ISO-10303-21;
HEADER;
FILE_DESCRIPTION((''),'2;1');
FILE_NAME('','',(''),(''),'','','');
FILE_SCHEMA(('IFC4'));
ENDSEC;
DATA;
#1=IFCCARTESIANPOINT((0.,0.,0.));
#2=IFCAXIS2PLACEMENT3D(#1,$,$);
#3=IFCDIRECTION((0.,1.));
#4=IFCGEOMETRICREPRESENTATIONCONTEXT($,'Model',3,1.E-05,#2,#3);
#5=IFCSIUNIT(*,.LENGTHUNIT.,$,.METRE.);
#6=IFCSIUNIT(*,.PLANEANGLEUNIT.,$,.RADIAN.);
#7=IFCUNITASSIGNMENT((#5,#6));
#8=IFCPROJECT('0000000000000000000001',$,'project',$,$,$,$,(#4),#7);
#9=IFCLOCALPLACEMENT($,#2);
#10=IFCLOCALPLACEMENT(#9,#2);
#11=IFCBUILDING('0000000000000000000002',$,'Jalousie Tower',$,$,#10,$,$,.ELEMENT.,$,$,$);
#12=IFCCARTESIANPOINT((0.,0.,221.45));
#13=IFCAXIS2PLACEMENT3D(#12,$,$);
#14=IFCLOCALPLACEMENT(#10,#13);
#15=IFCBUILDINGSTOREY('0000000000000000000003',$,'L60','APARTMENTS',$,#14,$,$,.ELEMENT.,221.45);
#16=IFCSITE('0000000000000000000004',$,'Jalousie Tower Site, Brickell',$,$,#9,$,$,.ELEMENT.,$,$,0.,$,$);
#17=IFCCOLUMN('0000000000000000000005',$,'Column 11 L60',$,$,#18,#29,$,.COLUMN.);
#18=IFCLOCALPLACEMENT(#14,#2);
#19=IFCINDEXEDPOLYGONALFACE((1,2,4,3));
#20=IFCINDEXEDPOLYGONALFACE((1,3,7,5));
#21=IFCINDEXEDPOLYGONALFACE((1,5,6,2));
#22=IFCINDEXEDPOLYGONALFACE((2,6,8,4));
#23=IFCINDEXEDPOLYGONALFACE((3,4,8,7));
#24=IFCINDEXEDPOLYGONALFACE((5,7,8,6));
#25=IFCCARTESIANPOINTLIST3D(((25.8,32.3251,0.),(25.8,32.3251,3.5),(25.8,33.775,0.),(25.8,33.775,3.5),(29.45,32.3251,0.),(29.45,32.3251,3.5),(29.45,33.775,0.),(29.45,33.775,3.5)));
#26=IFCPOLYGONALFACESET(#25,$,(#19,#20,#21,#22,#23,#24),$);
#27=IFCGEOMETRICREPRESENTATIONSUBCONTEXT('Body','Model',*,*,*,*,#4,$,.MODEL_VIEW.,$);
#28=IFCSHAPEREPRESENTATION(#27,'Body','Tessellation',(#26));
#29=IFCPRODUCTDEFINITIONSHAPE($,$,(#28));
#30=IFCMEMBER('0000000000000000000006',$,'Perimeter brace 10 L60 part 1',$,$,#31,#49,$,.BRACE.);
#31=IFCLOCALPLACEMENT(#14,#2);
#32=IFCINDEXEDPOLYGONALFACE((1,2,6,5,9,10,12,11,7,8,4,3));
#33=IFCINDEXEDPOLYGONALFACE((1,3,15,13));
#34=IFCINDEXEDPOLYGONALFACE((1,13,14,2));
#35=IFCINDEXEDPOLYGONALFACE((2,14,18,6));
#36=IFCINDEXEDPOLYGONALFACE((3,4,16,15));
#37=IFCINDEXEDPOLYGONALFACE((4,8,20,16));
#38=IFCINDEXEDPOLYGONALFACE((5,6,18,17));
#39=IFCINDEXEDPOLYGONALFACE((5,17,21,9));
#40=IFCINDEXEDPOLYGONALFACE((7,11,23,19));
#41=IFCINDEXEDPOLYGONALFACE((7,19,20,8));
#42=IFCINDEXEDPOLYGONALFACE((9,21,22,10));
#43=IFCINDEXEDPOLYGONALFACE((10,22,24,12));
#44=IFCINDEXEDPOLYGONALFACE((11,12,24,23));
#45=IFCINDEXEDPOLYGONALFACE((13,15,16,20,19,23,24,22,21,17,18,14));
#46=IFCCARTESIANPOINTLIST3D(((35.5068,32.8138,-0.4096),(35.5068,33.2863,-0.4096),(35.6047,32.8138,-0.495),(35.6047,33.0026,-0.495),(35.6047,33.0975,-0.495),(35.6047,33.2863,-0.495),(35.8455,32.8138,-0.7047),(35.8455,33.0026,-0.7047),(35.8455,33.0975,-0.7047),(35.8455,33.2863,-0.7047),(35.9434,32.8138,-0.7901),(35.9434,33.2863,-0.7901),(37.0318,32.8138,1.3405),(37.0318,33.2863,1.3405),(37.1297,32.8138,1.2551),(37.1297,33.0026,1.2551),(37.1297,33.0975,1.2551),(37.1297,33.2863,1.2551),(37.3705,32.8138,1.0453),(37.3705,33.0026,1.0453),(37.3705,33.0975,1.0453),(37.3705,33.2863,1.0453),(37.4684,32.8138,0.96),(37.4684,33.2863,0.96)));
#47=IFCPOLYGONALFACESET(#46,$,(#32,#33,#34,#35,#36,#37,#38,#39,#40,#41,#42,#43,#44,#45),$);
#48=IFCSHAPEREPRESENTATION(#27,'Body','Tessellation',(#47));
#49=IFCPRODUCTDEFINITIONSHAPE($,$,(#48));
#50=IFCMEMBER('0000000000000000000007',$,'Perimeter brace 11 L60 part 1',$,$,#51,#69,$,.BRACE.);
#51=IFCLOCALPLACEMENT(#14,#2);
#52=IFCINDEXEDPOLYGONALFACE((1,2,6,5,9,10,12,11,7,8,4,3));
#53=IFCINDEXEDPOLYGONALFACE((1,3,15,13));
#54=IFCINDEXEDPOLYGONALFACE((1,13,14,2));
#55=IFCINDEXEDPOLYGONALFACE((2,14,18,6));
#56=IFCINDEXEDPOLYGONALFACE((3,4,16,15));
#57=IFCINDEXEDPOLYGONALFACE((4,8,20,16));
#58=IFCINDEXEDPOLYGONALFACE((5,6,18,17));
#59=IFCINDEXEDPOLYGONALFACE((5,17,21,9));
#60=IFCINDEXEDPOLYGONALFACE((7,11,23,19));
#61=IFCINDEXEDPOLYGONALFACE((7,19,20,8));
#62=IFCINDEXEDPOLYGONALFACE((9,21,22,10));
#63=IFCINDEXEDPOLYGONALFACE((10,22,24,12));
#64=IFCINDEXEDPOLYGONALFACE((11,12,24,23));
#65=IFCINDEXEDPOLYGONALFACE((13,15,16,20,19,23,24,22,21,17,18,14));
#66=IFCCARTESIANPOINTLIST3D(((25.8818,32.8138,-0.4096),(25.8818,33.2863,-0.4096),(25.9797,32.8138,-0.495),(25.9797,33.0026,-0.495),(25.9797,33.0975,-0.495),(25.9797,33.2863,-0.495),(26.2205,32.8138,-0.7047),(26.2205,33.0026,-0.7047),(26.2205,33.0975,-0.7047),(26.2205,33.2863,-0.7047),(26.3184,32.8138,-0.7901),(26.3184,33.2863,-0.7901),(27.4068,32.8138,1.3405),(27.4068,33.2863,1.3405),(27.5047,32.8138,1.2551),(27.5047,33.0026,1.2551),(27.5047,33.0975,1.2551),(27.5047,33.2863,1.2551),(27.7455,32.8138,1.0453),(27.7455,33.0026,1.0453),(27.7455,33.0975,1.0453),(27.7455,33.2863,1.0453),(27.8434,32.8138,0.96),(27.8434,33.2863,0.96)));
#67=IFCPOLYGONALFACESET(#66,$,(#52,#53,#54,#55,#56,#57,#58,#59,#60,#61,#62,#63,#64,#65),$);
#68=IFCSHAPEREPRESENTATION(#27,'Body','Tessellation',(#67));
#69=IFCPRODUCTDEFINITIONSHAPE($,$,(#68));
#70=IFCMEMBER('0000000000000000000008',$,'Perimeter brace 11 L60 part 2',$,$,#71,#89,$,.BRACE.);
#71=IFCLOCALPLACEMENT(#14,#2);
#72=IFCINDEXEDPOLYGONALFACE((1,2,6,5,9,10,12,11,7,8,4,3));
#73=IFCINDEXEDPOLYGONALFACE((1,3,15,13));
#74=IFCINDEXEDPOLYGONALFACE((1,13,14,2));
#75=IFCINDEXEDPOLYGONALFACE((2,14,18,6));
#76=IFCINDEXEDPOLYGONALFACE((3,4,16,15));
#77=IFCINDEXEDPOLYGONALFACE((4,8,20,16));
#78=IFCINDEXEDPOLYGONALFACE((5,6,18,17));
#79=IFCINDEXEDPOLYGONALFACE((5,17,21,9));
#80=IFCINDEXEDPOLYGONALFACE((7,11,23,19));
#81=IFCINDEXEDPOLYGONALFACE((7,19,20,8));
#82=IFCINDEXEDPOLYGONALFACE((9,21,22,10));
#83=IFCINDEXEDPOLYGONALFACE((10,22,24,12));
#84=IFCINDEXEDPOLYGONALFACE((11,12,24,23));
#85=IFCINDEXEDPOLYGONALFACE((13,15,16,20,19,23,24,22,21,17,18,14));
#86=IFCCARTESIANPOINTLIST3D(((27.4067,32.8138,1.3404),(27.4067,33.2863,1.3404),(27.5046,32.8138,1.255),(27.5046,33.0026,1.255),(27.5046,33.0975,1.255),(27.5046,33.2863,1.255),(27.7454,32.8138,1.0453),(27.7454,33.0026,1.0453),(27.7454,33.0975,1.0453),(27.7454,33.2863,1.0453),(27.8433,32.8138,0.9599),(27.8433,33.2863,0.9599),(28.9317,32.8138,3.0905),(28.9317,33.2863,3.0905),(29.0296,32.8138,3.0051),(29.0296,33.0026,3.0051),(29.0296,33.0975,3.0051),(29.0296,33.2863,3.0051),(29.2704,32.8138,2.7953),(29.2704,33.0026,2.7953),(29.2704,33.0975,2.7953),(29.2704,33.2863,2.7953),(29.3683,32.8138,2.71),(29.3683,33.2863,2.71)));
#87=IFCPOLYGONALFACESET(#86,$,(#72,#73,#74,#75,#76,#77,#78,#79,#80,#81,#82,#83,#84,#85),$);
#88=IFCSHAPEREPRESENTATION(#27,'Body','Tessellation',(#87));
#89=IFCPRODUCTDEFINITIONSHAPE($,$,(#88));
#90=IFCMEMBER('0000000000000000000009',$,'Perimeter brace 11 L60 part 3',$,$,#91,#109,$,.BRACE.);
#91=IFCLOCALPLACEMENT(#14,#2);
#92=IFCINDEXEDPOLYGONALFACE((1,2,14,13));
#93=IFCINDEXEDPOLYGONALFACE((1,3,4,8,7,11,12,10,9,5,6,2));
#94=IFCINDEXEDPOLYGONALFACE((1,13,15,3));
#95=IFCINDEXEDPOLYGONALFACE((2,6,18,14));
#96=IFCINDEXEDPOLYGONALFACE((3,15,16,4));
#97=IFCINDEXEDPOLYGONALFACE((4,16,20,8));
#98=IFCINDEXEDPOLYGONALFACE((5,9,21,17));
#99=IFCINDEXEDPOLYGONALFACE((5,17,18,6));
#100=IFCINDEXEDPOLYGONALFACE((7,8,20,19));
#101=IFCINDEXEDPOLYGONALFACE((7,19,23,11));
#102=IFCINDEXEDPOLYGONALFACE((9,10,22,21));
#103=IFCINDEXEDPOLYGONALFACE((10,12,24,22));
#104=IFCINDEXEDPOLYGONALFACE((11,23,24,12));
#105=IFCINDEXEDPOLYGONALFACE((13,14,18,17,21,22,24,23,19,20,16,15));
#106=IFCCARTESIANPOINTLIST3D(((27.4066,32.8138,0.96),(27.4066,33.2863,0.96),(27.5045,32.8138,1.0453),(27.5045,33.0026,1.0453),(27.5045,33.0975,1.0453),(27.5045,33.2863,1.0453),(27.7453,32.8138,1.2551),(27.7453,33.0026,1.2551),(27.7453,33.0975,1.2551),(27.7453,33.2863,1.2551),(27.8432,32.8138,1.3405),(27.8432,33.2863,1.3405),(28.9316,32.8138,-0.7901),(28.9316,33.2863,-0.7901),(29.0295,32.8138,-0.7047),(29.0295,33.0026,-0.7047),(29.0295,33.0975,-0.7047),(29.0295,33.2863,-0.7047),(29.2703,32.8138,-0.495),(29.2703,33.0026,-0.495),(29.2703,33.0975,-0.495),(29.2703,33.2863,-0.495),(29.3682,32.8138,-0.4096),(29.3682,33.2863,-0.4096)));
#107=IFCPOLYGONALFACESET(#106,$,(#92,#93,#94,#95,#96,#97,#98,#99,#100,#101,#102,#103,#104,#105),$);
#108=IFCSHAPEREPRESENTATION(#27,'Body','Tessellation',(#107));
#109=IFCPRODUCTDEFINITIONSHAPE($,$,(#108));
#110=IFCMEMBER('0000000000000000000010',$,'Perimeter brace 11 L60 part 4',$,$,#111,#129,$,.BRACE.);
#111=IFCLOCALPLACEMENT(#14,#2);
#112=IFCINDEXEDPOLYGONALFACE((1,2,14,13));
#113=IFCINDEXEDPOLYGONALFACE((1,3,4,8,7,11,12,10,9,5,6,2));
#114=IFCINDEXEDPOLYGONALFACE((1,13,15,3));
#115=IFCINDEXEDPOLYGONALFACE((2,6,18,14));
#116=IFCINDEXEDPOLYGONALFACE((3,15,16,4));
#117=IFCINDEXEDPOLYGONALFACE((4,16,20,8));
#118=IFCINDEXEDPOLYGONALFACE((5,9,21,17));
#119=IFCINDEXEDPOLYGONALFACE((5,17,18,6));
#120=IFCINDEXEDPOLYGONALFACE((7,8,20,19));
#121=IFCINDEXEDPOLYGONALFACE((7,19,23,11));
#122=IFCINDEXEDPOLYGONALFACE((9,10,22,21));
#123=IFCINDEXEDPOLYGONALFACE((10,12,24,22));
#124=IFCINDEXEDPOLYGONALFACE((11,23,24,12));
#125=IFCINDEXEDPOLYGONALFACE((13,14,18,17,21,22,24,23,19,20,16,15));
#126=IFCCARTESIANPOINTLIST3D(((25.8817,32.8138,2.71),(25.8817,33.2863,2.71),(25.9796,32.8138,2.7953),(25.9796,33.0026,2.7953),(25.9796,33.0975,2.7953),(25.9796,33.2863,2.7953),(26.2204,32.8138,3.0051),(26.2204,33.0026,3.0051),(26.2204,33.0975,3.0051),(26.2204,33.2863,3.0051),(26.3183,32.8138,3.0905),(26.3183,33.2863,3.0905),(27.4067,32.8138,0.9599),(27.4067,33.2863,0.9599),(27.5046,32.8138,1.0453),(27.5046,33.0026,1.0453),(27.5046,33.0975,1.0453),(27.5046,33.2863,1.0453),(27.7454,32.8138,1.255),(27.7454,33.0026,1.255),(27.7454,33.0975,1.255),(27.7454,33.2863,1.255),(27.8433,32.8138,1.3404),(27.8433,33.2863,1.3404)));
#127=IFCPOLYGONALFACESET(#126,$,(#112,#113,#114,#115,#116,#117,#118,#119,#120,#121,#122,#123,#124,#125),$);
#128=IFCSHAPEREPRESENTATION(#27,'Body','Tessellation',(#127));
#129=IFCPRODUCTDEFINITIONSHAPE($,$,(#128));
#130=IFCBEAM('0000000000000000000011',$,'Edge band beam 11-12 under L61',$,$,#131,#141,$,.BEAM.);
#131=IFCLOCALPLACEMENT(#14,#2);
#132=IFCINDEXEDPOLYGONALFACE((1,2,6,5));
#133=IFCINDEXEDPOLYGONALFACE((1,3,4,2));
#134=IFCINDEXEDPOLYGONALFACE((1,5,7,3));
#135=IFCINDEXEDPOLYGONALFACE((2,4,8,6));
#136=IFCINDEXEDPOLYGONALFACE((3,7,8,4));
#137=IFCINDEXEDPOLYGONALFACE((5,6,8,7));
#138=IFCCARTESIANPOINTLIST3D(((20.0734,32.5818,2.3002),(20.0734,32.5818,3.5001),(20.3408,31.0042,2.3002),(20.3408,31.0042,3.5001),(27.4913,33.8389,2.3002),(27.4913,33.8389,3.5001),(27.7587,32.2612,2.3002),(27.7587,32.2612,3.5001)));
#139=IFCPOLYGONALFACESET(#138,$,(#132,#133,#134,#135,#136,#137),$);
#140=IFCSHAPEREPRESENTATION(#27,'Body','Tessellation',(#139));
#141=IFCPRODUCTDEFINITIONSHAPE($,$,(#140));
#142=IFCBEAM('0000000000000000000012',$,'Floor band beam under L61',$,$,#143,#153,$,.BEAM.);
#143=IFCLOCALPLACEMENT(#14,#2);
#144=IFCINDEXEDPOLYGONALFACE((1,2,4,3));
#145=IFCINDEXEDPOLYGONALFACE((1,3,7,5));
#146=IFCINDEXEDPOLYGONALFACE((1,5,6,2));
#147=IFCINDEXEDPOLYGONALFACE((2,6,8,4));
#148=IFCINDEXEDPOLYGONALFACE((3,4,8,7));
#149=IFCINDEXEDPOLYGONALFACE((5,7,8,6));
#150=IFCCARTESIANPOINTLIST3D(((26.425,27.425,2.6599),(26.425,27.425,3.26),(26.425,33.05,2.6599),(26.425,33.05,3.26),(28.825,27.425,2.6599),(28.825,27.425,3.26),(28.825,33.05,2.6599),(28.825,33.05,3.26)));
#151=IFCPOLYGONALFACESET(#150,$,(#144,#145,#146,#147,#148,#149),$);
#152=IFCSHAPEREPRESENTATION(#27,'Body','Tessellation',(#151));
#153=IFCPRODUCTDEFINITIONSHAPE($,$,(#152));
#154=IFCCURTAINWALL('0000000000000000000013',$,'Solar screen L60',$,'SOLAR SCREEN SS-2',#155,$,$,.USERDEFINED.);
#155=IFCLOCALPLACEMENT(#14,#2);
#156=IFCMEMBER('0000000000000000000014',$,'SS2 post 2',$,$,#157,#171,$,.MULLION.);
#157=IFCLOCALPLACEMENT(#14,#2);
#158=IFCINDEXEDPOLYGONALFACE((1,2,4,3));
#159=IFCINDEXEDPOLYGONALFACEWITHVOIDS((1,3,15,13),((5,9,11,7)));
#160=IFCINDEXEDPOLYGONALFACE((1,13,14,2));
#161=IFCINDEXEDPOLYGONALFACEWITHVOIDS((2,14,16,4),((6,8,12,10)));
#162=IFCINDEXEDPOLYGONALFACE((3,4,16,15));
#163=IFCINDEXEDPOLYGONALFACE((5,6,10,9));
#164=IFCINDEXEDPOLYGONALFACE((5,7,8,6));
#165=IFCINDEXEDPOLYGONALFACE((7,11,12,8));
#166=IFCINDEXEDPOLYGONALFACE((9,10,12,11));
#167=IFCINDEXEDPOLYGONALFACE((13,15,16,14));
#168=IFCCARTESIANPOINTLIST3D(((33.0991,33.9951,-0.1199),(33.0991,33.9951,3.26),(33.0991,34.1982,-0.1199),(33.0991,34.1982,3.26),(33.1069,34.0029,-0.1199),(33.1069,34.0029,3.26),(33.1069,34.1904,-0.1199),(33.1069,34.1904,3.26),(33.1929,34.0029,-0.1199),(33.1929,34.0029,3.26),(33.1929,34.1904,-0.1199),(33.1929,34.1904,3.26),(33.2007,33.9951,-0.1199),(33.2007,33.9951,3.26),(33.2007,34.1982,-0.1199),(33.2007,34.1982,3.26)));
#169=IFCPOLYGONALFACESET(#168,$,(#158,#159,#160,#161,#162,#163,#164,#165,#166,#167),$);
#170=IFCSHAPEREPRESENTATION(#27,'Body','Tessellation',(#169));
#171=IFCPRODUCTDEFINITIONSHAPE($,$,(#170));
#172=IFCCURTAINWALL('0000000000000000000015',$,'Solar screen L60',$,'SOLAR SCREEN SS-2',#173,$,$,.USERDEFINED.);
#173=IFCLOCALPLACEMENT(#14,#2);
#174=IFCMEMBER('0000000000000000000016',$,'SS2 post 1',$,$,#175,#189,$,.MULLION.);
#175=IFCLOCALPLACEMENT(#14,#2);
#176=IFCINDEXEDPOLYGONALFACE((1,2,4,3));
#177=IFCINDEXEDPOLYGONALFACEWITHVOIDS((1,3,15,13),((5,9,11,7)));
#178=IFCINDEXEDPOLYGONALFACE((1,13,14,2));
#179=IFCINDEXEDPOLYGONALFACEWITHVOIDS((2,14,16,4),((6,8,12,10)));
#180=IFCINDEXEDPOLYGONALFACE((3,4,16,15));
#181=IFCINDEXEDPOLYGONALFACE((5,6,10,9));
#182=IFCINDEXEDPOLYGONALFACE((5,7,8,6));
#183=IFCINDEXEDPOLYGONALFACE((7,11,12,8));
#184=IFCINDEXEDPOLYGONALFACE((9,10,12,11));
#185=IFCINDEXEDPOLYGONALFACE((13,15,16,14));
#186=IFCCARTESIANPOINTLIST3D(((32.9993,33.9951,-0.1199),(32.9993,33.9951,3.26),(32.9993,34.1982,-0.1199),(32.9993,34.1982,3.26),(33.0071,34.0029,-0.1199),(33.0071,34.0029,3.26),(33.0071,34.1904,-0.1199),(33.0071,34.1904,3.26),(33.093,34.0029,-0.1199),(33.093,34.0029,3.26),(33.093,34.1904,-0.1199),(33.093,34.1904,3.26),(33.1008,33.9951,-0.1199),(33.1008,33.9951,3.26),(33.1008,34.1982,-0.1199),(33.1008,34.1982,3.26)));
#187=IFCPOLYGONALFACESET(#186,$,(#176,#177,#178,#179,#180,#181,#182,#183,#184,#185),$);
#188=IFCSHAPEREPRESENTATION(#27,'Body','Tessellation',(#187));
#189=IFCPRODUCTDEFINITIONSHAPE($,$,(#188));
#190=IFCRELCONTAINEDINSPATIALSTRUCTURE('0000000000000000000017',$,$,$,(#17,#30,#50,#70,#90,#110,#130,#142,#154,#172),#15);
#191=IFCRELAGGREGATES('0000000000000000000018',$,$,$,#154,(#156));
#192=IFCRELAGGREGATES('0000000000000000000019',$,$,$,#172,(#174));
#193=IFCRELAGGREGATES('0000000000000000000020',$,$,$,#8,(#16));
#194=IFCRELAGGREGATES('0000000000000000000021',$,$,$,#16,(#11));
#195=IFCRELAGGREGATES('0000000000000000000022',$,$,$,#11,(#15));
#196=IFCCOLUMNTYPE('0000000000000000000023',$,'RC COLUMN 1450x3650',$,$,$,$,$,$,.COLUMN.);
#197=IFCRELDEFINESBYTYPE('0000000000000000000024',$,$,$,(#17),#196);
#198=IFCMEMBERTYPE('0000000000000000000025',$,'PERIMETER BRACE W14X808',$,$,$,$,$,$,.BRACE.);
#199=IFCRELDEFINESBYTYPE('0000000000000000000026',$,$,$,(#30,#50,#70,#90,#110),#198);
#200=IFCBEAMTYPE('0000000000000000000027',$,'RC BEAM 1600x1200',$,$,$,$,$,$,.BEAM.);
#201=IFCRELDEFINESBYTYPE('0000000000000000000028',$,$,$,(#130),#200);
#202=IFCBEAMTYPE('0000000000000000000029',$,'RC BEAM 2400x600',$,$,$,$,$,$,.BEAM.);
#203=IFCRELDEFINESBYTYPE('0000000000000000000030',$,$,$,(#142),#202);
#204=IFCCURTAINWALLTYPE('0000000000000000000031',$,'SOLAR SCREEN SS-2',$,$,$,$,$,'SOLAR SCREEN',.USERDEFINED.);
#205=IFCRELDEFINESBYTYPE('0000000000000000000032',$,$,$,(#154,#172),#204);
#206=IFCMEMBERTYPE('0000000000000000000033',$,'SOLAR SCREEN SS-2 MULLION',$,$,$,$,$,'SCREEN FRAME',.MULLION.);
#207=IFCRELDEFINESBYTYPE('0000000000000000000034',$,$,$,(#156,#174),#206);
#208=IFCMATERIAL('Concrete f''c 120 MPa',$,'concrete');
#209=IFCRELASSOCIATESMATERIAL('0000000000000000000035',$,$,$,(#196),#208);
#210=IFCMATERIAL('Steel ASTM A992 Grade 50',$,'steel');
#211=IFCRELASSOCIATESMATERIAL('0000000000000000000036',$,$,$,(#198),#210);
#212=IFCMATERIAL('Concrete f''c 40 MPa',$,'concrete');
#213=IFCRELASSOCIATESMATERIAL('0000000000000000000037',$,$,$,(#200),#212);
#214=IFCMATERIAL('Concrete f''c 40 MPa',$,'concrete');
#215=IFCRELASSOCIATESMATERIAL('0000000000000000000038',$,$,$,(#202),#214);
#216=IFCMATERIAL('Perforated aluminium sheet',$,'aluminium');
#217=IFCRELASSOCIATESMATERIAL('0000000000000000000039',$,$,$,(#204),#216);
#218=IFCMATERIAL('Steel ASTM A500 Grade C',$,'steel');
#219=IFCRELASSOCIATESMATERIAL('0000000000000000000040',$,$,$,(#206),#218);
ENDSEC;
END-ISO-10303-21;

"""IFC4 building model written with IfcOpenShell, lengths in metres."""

from ifc_helpers import new_model, si_unit, direction, frame, origin, origin_2d, place, context, subcontext, project, spatial, rectangle, hollow_rectangle, i_section, extrude, material, material_profile, profile_set, type_object, element, aggregate, save


model = new_model("IFC4")

# Units and contexts
model_context = context("Model", 3, precision=1e-05, world=origin(), true_north=direction((0.0, 1.0)))
body_context = subcontext(model_context, "Body", "Model", "MODEL_VIEW")
ifc_project = project(units=[si_unit("LENGTHUNIT", "METRE"), si_unit("PLANEANGLEUNIT", "RADIAN")], contexts=[model_context])

# Site, building, storey
site_placement = place(None, origin())
site = spatial("IfcSite", under=ifc_project, at=site_placement, Name="Jalousie Tower Site, Brickell", CompositionType="ELEMENT", RefElevation=0.0)
building_placement = place(site_placement, origin())
building = spatial("IfcBuilding", under=site, at=building_placement, Name="Jalousie Tower", CompositionType="ELEMENT")
storey_placement = place(building_placement, frame((0.0, 0.0, 221.45)))
storey = spatial("IfcBuildingStorey", under=building, at=storey_placement, Name="L60", Description="APARTMENTS", CompositionType="ELEMENT", Elevation=221.45)

# Column
ifc_material_1 = material(Name="Concrete f'c 120 MPa", Category="concrete")
ifc_material_profile_1 = material_profile(ifc_material_1, rectangle(XDim=1.45, YDim=3.6499, at=origin_2d()), Name="RC 1450x3650")
ifc_profile_set_1 = profile_set([ifc_material_profile_1], Name="Concrete f'c 120 MPa")
column_type = type_object("IfcColumnType", Name="RC COLUMN 1450x3650", PredefinedType="COLUMN", material=ifc_profile_set_1)
column_placement = place(storey_placement, frame((27.625, 33.05, 0.0), z_axis=(0.0, 0.0, 1.0), x_axis=(0.0, 1.0, 0.0)))
element("IfcColumn", 1, at=column_placement, inside=storey, type_object=column_type, Name="Column 11 L60", PredefinedType="COLUMN", context=body_context, shape_type="SweptSolid", body=[
    extrude(rectangle(XDim=1.45, YDim=3.6499, at=origin_2d()), origin(), (0.0, 0.0, 1.0), 3.5),
])

# Members
ifc_material_2 = material(Name="Steel ASTM A992 Grade 50", Category="steel")
ifc_material_profile_2 = material_profile(ifc_material_2, i_section(OverallWidth=0.4724, OverallDepth=0.5791, WebThickness=0.095, FlangeThickness=0.1299, at=origin_2d()), Name="W14X808")
ifc_profile_set_2 = profile_set([ifc_material_profile_2], Name="Steel ASTM A992 Grade 50")
member_type_1 = type_object("IfcMemberType", Name="PERIMETER BRACE W14X808", PredefinedType="BRACE", material=ifc_profile_set_2)
for number, where, z_axis, x_axis, name in (
    (2, (35.7251, 33.05, -0.5999), (0.656954, 0.0, 0.75393), (0.0, 1.0, 0.0), "Perimeter brace 10 L60 part 1"),
    (3, (26.1001, 33.05, -0.5999), (0.656954, 0.0, 0.75393), (0.0, 1.0, 0.0), "Perimeter brace 11 L60 part 1"),
    (4, (27.625, 33.05, 1.1501), (0.656954, 0.0, 0.75393), (0.0, 1.0, 0.0), "Perimeter brace 11 L60 part 2"),
    (5, (29.1499, 33.05, -0.5999), (-0.656954, 0.0, 0.75393), (0.0, -1.0, 0.0), "Perimeter brace 11 L60 part 3"),
    (6, (27.625, 33.05, 1.1501), (-0.656954, 0.0, 0.75393), (0.0, -1.0, 0.0), "Perimeter brace 11 L60 part 4"),
):
    element("IfcMember", number, at=place(storey_placement, frame(where, z_axis=z_axis, x_axis=x_axis)), inside=storey, type_object=member_type_1, Name=name, PredefinedType="BRACE", context=body_context, shape_type="SweptSolid", body=[
        extrude(i_section(OverallWidth=0.4724, OverallDepth=0.5791, WebThickness=0.095, FlangeThickness=0.1299, at=origin_2d()), origin(), (0.0, 0.0, 1.0), 2.3213),
    ])

# Beams
ifc_material_3 = material(Name="Concrete f'c 40 MPa", Category="concrete")
ifc_material_profile_3 = material_profile(ifc_material_3, rectangle(XDim=1.6001, YDim=1.2, at=origin_2d()), Name="RC 1600x1200")
ifc_profile_set_3 = profile_set([ifc_material_profile_3], Name="Concrete f'c 40 MPa")
beam_type_1 = type_object("IfcBeamType", Name="RC BEAM 1600x1200", PredefinedType="BEAM", material=ifc_profile_set_3)
beam_1_placement = place(storey_placement, frame((27.625, 33.05, 2.9001), z_axis=(-0.985943, -0.167082, 0.0), x_axis=(0.167082, -0.985943, 0.0)))
element("IfcBeam", 7, at=beam_1_placement, inside=storey, type_object=beam_type_1, Name="Edge band beam 11-12 under L61", PredefinedType="BEAM", context=body_context, shape_type="SweptSolid", body=[
    extrude(rectangle(XDim=1.6001, YDim=1.2, at=origin_2d()), origin(), (0.0, 0.0, 1.0), 7.5237),
])
ifc_material_4 = material(Name="Concrete f'c 40 MPa", Category="concrete")
ifc_material_profile_4 = material_profile(ifc_material_4, rectangle(XDim=2.3999, YDim=0.6001, at=origin_2d()), Name="RC 2400x600")
ifc_profile_set_4 = profile_set([ifc_material_profile_4], Name="Concrete f'c 40 MPa")
beam_type_2 = type_object("IfcBeamType", Name="RC BEAM 2400x600", PredefinedType="BEAM", material=ifc_profile_set_4)
beam_2_placement = place(storey_placement, frame((27.625, 33.05, 2.96), z_axis=(0.0, -1.0, 0.0), x_axis=(1.0, 0.0, 0.0)))
element("IfcBeam", 8, at=beam_2_placement, inside=storey, type_object=beam_type_2, Name="Floor band beam under L61", PredefinedType="BEAM", context=body_context, shape_type="SweptSolid", body=[
    extrude(rectangle(XDim=2.3999, YDim=0.6001, at=origin_2d()), origin(), (0.0, 0.0, 1.0), 5.625),
])

# Curtain wall, member
ifc_material_5 = material(Name="Perforated aluminium sheet", Category="aluminium")
curtain_wall_type = type_object("IfcCurtainWallType", Name="SOLAR SCREEN SS-2", ElementType="SOLAR SCREEN", PredefinedType="USERDEFINED", material=ifc_material_5)
curtain_wall_1_placement = place(storey_placement, origin())
curtain_wall_1 = element("IfcCurtainWall", 9, at=curtain_wall_1_placement, inside=storey, type_object=curtain_wall_type, Name="Solar screen L60", ObjectType="SOLAR SCREEN SS-2", PredefinedType="USERDEFINED")
ifc_material_6 = material(Name="Steel ASTM A500 Grade C", Category="steel")
ifc_material_profile_5 = material_profile(ifc_material_6, hollow_rectangle(XDim=0.1016, YDim=0.2031, WallThickness=0.0078, at=origin_2d()), Name="HSS8X4X5/16")
ifc_profile_set_5 = profile_set([ifc_material_profile_5], Name="Steel ASTM A500 Grade C")
member_type_2 = type_object("IfcMemberType", Name="SOLAR SCREEN SS-2 MULLION", ElementType="SCREEN FRAME", PredefinedType="MULLION", material=ifc_profile_set_5)
member_1_placement = place(storey_placement, frame((33.1499, 34.0967, -0.1199), z_axis=(0.0, 0.0, 1.0), x_axis=(-1.0, 0.0, 0.0)))
member_1 = element("IfcMember", 10, at=member_1_placement, type_object=member_type_2, Name="SS2 post 2", PredefinedType="MULLION", context=body_context, shape_type="SweptSolid", body=[
    extrude(hollow_rectangle(XDim=0.1016, YDim=0.2031, WallThickness=0.0078, at=origin_2d()), origin(), (0.0, 0.0, 1.0), 3.3799),
])

# Curtain wall, member
curtain_wall_2_placement = place(storey_placement, origin())
curtain_wall_2 = element("IfcCurtainWall", 11, at=curtain_wall_2_placement, inside=storey, type_object=curtain_wall_type, Name="Solar screen L60", ObjectType="SOLAR SCREEN SS-2", PredefinedType="USERDEFINED")
member_2_placement = place(storey_placement, frame((33.05, 34.0967, -0.1199), z_axis=(0.0, 0.0, 1.0), x_axis=(-1.0, 0.0, 0.0)))
member_2 = element("IfcMember", 12, at=member_2_placement, type_object=member_type_2, Name="SS2 post 1", PredefinedType="MULLION", context=body_context, shape_type="SweptSolid", body=[
    extrude(hollow_rectangle(XDim=0.1016, YDim=0.2031, WallThickness=0.0078, at=origin_2d()), origin(), (0.0, 0.0, 1.0), 3.3799),
])

aggregate(curtain_wall_1, [member_1])
aggregate(curtain_wall_2, [member_2])

save(model, "model.ifc")
